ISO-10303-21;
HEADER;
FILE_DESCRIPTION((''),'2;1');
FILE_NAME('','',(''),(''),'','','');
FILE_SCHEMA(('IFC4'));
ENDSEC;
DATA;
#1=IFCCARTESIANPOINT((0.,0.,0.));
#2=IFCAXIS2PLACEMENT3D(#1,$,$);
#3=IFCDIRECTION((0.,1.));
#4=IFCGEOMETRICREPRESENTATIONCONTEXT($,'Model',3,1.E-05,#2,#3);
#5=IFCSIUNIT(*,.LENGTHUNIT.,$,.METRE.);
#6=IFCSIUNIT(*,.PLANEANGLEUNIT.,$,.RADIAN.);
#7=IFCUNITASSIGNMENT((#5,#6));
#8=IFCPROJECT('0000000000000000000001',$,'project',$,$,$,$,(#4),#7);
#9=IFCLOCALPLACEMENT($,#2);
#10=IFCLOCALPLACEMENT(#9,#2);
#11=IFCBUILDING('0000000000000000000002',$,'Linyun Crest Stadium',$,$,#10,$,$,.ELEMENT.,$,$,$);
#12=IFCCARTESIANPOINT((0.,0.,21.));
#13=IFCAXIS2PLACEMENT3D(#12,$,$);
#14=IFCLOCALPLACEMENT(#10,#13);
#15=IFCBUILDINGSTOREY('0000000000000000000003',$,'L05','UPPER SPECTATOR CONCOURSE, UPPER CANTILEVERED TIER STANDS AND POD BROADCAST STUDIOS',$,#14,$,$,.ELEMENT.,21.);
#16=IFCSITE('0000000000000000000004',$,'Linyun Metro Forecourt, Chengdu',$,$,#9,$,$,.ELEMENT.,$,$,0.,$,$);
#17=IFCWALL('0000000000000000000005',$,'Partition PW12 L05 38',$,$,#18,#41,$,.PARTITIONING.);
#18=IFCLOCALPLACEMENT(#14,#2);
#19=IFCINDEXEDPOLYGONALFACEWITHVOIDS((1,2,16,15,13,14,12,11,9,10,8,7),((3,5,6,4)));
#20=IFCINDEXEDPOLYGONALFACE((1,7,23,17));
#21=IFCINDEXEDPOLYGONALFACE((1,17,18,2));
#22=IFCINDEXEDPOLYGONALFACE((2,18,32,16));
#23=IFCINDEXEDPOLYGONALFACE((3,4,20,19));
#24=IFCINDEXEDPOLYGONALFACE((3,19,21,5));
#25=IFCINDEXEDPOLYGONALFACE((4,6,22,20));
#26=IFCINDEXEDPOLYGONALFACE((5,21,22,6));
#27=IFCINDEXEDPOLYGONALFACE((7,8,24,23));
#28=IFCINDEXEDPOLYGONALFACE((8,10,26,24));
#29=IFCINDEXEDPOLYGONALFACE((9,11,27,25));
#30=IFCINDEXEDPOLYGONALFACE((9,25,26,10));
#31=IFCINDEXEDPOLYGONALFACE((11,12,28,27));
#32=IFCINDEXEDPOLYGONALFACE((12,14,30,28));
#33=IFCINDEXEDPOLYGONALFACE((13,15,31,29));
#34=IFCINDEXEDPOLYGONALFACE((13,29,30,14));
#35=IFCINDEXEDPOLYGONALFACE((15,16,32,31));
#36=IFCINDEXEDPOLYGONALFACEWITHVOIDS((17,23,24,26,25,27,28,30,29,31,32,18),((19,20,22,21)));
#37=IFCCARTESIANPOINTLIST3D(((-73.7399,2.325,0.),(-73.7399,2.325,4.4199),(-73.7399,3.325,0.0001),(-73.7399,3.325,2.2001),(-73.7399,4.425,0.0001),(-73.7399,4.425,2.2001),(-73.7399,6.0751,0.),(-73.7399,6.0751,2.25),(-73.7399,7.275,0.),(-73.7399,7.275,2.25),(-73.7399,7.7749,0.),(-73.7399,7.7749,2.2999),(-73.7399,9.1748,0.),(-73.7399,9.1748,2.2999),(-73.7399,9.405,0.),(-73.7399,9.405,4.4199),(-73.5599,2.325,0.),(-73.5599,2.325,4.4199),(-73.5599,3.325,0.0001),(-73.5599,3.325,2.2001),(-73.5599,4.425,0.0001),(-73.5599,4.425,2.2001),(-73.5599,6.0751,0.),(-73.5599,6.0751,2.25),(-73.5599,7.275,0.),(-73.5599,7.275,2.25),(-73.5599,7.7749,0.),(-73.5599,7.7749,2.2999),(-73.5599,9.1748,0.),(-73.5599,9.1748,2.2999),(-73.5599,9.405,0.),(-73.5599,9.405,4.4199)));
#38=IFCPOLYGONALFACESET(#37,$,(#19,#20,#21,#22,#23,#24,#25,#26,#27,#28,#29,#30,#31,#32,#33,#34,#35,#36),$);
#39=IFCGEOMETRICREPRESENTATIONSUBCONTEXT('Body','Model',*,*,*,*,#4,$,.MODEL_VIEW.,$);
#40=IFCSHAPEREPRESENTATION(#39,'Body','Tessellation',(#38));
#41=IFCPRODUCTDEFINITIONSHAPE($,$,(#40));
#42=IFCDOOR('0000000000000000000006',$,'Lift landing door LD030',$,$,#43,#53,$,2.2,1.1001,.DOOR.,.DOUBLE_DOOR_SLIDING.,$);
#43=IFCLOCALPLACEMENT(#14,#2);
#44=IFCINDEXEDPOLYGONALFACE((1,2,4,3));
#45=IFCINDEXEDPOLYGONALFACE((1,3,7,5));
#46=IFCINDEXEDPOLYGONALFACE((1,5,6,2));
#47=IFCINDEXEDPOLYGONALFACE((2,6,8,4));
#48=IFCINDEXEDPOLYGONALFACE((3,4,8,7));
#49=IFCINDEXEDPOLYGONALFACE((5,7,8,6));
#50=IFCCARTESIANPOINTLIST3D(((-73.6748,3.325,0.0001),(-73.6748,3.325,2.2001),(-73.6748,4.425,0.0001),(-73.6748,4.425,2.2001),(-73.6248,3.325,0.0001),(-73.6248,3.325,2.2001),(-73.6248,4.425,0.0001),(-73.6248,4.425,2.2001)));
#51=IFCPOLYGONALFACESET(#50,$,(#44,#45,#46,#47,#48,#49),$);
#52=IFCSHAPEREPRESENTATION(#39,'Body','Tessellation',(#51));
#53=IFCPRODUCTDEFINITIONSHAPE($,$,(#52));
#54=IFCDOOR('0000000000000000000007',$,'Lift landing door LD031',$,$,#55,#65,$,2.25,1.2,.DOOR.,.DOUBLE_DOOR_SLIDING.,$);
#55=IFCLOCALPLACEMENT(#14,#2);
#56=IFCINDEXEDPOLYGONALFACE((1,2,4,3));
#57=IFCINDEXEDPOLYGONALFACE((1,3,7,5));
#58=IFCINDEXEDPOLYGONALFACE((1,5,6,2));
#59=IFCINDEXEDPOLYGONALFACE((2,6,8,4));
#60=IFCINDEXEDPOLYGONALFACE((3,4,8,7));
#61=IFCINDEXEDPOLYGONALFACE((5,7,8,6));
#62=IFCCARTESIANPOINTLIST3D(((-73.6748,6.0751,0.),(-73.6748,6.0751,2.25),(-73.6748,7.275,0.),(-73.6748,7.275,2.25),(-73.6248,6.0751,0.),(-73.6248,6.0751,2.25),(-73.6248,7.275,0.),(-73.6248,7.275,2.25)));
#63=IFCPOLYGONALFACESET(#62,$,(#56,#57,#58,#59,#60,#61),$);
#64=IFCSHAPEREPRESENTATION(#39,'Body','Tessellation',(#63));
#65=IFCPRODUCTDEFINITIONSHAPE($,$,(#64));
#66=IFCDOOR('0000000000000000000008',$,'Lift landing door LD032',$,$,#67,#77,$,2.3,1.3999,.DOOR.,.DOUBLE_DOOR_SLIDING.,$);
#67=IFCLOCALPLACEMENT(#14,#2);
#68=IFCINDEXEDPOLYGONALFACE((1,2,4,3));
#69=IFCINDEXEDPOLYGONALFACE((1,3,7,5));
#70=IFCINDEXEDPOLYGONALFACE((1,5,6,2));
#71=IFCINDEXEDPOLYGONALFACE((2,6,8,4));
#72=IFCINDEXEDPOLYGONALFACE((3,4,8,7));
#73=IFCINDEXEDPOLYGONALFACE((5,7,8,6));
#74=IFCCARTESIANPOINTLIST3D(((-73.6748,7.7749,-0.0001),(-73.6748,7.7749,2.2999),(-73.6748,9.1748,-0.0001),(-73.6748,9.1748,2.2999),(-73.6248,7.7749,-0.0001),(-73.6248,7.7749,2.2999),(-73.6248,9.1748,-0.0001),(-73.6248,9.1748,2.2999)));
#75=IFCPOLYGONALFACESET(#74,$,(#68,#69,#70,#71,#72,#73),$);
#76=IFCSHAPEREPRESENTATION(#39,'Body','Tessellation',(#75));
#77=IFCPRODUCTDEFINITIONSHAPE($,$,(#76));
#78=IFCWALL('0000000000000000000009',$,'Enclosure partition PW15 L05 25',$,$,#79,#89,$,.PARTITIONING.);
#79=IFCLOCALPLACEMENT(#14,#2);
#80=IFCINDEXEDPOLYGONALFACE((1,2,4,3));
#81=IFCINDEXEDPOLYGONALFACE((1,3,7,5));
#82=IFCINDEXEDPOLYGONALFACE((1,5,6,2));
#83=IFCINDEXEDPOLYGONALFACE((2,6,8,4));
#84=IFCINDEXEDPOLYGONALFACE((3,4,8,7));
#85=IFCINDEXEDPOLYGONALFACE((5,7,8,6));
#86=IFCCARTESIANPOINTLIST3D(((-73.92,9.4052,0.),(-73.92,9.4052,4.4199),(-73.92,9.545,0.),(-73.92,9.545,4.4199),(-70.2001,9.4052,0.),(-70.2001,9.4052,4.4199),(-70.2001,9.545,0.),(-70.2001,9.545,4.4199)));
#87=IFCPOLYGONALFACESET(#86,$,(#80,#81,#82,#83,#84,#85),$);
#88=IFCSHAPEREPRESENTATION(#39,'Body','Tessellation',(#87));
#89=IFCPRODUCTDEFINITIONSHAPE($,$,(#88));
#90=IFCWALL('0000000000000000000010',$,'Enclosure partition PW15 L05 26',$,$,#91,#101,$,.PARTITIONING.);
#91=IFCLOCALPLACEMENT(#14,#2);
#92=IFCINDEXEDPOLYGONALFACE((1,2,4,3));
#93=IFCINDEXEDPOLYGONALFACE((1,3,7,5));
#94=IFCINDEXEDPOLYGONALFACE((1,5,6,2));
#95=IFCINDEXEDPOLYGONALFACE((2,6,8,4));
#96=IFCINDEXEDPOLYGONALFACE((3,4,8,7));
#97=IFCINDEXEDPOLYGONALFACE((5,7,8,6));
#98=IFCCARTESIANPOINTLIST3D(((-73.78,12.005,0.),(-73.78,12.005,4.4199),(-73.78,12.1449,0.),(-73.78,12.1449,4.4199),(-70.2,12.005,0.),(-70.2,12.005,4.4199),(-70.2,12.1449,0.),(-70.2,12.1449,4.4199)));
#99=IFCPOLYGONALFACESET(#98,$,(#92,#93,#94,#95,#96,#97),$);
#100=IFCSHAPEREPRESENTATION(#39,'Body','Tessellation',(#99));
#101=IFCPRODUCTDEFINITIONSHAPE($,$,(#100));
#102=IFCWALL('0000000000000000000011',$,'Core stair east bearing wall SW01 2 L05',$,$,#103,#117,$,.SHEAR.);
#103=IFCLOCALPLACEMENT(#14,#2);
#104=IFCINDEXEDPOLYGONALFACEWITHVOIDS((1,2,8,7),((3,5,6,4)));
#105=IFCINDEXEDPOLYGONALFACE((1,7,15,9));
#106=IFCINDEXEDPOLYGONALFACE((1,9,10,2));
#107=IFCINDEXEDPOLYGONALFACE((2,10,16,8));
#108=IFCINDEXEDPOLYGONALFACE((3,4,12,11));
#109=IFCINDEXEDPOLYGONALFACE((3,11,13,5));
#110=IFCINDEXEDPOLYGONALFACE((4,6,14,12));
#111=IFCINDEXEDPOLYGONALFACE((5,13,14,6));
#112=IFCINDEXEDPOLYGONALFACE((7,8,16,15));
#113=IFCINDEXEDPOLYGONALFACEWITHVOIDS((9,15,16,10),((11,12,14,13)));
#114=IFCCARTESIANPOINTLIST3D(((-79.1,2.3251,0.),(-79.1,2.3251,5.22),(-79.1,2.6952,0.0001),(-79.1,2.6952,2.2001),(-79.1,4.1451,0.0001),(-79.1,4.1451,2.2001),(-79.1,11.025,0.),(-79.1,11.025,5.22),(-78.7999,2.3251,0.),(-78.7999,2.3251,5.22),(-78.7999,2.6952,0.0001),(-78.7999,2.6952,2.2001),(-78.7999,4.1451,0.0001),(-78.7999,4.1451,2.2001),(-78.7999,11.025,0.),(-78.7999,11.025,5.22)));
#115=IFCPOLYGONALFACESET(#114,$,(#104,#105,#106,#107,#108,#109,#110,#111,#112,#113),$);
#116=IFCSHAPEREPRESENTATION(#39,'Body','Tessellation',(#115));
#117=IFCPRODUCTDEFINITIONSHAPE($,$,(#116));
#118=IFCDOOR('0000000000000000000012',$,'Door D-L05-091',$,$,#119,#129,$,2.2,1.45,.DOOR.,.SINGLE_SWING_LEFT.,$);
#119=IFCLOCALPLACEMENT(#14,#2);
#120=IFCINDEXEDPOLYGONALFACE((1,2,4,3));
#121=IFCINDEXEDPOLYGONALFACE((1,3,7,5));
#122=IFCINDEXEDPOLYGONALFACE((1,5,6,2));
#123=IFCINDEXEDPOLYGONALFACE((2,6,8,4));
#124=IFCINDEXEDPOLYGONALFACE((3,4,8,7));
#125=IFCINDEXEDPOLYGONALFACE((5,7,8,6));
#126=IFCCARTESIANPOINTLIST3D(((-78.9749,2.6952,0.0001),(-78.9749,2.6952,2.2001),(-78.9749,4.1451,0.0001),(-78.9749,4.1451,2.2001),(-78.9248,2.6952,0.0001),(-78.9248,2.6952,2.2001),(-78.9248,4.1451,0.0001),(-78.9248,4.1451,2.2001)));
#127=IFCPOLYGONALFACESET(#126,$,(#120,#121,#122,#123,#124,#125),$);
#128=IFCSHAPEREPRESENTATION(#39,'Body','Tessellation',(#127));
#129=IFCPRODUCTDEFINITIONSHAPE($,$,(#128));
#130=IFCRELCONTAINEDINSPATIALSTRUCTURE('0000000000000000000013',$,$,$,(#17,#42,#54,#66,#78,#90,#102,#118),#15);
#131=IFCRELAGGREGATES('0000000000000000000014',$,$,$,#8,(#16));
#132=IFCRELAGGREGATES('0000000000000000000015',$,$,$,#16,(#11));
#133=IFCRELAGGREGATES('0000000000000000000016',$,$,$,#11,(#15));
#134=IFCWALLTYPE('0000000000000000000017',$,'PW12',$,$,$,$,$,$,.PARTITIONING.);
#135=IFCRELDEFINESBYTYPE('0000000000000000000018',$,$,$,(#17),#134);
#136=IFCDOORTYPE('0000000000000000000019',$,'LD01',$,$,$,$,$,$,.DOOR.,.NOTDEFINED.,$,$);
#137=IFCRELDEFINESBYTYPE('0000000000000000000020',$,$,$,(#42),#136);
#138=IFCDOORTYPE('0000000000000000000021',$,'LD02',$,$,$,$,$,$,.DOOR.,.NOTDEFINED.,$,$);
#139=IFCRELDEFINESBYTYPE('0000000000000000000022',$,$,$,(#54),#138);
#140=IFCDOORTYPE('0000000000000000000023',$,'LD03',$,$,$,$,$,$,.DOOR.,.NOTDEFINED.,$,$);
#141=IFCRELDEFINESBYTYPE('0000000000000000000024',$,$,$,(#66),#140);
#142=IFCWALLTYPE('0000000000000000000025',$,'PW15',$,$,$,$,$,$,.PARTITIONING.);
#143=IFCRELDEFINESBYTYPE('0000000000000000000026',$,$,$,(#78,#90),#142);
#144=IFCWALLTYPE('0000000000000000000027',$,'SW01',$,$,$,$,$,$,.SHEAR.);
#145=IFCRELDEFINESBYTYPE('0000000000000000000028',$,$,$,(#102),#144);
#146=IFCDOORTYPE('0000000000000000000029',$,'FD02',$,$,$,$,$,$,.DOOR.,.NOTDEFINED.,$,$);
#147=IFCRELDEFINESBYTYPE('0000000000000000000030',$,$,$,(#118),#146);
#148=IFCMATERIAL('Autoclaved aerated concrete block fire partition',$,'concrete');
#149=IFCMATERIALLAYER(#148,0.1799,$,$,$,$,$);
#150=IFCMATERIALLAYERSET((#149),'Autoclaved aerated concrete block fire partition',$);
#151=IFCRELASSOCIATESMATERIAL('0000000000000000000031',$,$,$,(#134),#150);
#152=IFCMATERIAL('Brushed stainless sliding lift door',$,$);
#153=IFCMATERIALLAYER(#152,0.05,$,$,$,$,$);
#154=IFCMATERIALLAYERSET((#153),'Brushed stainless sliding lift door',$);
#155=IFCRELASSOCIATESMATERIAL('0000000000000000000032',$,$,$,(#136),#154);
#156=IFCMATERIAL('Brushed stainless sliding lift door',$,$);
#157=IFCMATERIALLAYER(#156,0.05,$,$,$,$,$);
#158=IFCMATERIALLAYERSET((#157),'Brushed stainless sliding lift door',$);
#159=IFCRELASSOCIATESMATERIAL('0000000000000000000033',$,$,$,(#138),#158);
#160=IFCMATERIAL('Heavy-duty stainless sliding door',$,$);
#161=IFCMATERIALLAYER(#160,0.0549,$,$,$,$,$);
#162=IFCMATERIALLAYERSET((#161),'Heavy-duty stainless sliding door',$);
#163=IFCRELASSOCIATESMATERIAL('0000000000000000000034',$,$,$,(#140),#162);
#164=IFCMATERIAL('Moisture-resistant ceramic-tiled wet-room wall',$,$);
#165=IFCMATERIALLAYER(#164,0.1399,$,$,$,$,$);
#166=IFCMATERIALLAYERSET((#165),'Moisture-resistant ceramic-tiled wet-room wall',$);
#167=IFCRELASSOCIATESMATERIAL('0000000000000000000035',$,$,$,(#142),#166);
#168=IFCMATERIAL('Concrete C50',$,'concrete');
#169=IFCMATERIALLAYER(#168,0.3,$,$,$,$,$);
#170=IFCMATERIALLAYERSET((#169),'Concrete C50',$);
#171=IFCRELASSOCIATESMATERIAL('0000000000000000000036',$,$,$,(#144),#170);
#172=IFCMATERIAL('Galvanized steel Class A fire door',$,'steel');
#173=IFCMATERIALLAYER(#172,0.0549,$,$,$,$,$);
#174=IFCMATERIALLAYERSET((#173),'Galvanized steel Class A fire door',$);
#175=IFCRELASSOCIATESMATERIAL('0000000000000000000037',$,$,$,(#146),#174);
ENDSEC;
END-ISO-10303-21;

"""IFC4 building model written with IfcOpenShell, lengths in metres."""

from ifc_helpers import new_model, si_unit, direction, frame, frame_2d, origin, place, context, subcontext, project, spatial, rectangle, extrude, material, layer, layer_set, type_object, element, fill, save


model = new_model("IFC4")

# Units and contexts
model_context = context("Model", 3, precision=1e-05, world=origin(), true_north=direction((0.0, 1.0)))
body_context = subcontext(model_context, "Body", "Model", "MODEL_VIEW")
ifc_project = project(units=[si_unit("LENGTHUNIT", "METRE"), si_unit("PLANEANGLEUNIT", "RADIAN")], contexts=[model_context])

# Site, building, storey
site_placement = place(None, origin())
site = spatial("IfcSite", under=ifc_project, at=site_placement, Name="Linyun Metro Forecourt, Chengdu", CompositionType="ELEMENT", RefElevation=0.0)
building_placement = place(site_placement, origin())
building = spatial("IfcBuilding", under=site, at=building_placement, Name="Linyun Crest Stadium", CompositionType="ELEMENT")
storey_placement = place(building_placement, frame((0.0, 0.0, 21.0)))
storey = spatial("IfcBuildingStorey", under=building, at=storey_placement, Name="L05", Description="UPPER SPECTATOR CONCOURSE, UPPER CANTILEVERED TIER STANDS AND POD BROADCAST STUDIOS", CompositionType="ELEMENT", Elevation=21.0)

# Wall, openings, doors
ifc_material_1 = material(Name="Autoclaved aerated concrete block fire partition", Category="concrete")
ifc_layer_1 = layer(ifc_material_1, 0.1799)
ifc_layer_set_1 = layer_set([ifc_layer_1], Name="Autoclaved aerated concrete block fire partition")
wall_type_1 = type_object("IfcWallType", Name="PW12", PredefinedType="PARTITIONING", material=ifc_layer_set_1)
wall_1_placement = place(storey_placement, frame((-73.6499, 2.325, 0.0), z_axis=(0.0, 0.0, 1.0), x_axis=(0.0, 1.0, 0.0)))
wall_1 = element("IfcWall", 1, at=wall_1_placement, inside=storey, type_object=wall_type_1, Name="Partition PW12 L05 38", PredefinedType="PARTITIONING", context=body_context, shape_type="SweptSolid", body=[
    extrude(rectangle(XDim=7.0801, YDim=0.1799, at=frame_2d((3.54, 0.0))), origin(), (0.0, 0.0, 1.0), 4.4199),
])
opening_1_placement = place(wall_1_placement, frame((1.0, 0.0, 0.0)))
opening_1 = element("IfcOpeningElement", 2, at=opening_1_placement, cuts=wall_1, PredefinedType="OPENING", context=body_context, shape_type="SweptSolid", body=[
    extrude(rectangle(XDim=1.1001, YDim=2.2, at=frame_2d((0.55, 1.1001))), frame((0.0, 0.0999, 0.0), z_axis=(0.0, -1.0, 0.0), x_axis=(1.0, 0.0, 0.0)), (0.0, 0.0, 1.0), 0.2),
])
opening_2_placement = place(wall_1_placement, frame((3.75, 0.0, 0.0)))
opening_2 = element("IfcOpeningElement", 3, at=opening_2_placement, cuts=wall_1, PredefinedType="OPENING", context=body_context, shape_type="SweptSolid", body=[
    extrude(rectangle(XDim=1.2, YDim=2.25, at=frame_2d((0.6001, 1.125))), frame((0.0, 0.0999, 0.0), z_axis=(0.0, -1.0, 0.0), x_axis=(1.0, 0.0, 0.0)), (0.0, 0.0, 1.0), 0.2),
])
opening_3_placement = place(wall_1_placement, frame((5.45, 0.0, 0.0)))
opening_3 = element("IfcOpeningElement", 4, at=opening_3_placement, cuts=wall_1, PredefinedType="OPENING", context=body_context, shape_type="SweptSolid", body=[
    extrude(rectangle(XDim=1.3999, YDim=2.3, at=frame_2d((0.7, 1.1499))), frame((0.0, 0.0999, 0.0), z_axis=(0.0, -1.0, 0.0), x_axis=(1.0, 0.0, 0.0)), (0.0, 0.0, 1.0), 0.2),
])
ifc_material_2 = material(Name="Brushed stainless sliding lift door")
ifc_layer_2 = layer(ifc_material_2, 0.05)
ifc_layer_set_2 = layer_set([ifc_layer_2], Name="Brushed stainless sliding lift door")
door_type_1 = type_object("IfcDoorType", Name="LD01", OperationType="NOTDEFINED", PredefinedType="DOOR", material=ifc_layer_set_2)
door_1_placement = place(opening_1_placement, origin())
door_1 = element("IfcDoor", 5, at=door_1_placement, inside=storey, type_object=door_type_1, Name="Lift landing door LD030", OperationType="DOUBLE_DOOR_SLIDING", OverallHeight=2.2, OverallWidth=1.1001, PredefinedType="DOOR", context=body_context, shape_type="SweptSolid", body=[
    extrude(rectangle(XDim=1.1001, YDim=2.2, at=frame_2d((0.55, 1.1001))), frame((0.0, 0.0249, 0.0), z_axis=(0.0, -1.0, 0.0), x_axis=(1.0, 0.0, 0.0)), (0.0, 0.0, 1.0), 0.05),
])
fill(opening_1, door_1)
ifc_material_3 = material(Name="Brushed stainless sliding lift door")
ifc_layer_3 = layer(ifc_material_3, 0.05)
ifc_layer_set_3 = layer_set([ifc_layer_3], Name="Brushed stainless sliding lift door")
door_type_2 = type_object("IfcDoorType", Name="LD02", OperationType="NOTDEFINED", PredefinedType="DOOR", material=ifc_layer_set_3)
door_2_placement = place(opening_2_placement, origin())
door_2 = element("IfcDoor", 6, at=door_2_placement, inside=storey, type_object=door_type_2, Name="Lift landing door LD031", OperationType="DOUBLE_DOOR_SLIDING", OverallHeight=2.25, OverallWidth=1.2, PredefinedType="DOOR", context=body_context, shape_type="SweptSolid", body=[
    extrude(rectangle(XDim=1.2, YDim=2.25, at=frame_2d((0.6001, 1.125))), frame((0.0, 0.0249, 0.0), z_axis=(0.0, -1.0, 0.0), x_axis=(1.0, 0.0, 0.0)), (0.0, 0.0, 1.0), 0.05),
])
fill(opening_2, door_2)
ifc_material_4 = material(Name="Heavy-duty stainless sliding door")
ifc_layer_4 = layer(ifc_material_4, 0.0549)
ifc_layer_set_4 = layer_set([ifc_layer_4], Name="Heavy-duty stainless sliding door")
door_type_3 = type_object("IfcDoorType", Name="LD03", OperationType="NOTDEFINED", PredefinedType="DOOR", material=ifc_layer_set_4)
door_3_placement = place(opening_3_placement, origin())
door_3 = element("IfcDoor", 7, at=door_3_placement, inside=storey, type_object=door_type_3, Name="Lift landing door LD032", OperationType="DOUBLE_DOOR_SLIDING", OverallHeight=2.3, OverallWidth=1.3999, PredefinedType="DOOR", context=body_context, shape_type="SweptSolid", body=[
    extrude(rectangle(XDim=1.3999, YDim=2.3, at=frame_2d((0.7, 1.1499))), frame((0.0, 0.0249, 0.0), z_axis=(0.0, -1.0, 0.0), x_axis=(1.0, 0.0, 0.0)), (0.0, 0.0, 1.0), 0.05),
])
fill(opening_3, door_3)
ifc_material_5 = material(Name="Moisture-resistant ceramic-tiled wet-room wall")
ifc_layer_5 = layer(ifc_material_5, 0.1399)
ifc_layer_set_5 = layer_set([ifc_layer_5], Name="Moisture-resistant ceramic-tiled wet-room wall")
wall_type_2 = type_object("IfcWallType", Name="PW15", PredefinedType="PARTITIONING", material=ifc_layer_set_5)

# Walls
wall_2_placement = place(storey_placement, frame((-73.9199, 9.4751, 0.0), z_axis=(0.0, 0.0, 1.0), x_axis=(1.0, 0.0, 0.0)))
element("IfcWall", 8, at=wall_2_placement, inside=storey, type_object=wall_type_2, Name="Enclosure partition PW15 L05 25", PredefinedType="PARTITIONING", context=body_context, shape_type="SweptSolid", body=[
    extrude(rectangle(XDim=3.72, YDim=0.1399, at=frame_2d((1.8599, 0.0))), origin(), (0.0, 0.0, 1.0), 4.4199),
])
wall_3_placement = place(storey_placement, frame((-73.78, 12.075, 0.0), z_axis=(0.0, 0.0, 1.0), x_axis=(1.0, 0.0, 0.0)))
element("IfcWall", 9, at=wall_3_placement, inside=storey, type_object=wall_type_2, Name="Enclosure partition PW15 L05 26", PredefinedType="PARTITIONING", context=body_context, shape_type="SweptSolid", body=[
    extrude(rectangle(XDim=3.5801, YDim=0.1399, at=frame_2d((1.79, 0.0))), origin(), (0.0, 0.0, 1.0), 4.4199),
])

# Wall, opening, door
ifc_material_6 = material(Name="Concrete C50", Category="concrete")
ifc_layer_6 = layer(ifc_material_6, 0.3)
ifc_layer_set_6 = layer_set([ifc_layer_6], Name="Concrete C50")
wall_type_3 = type_object("IfcWallType", Name="SW01", PredefinedType="SHEAR", material=ifc_layer_set_6)
wall_4_placement = place(storey_placement, frame((-78.95, 2.325, 0.0), z_axis=(0.0, 0.0, 1.0), x_axis=(0.0, 1.0, 0.0)))
wall_4 = element("IfcWall", 10, at=wall_4_placement, inside=storey, type_object=wall_type_3, Name="Core stair east bearing wall SW01 2 L05", PredefinedType="SHEAR", context=body_context, shape_type="SweptSolid", body=[
    extrude(rectangle(XDim=8.7, YDim=0.3, at=frame_2d((4.3501, 0.0))), origin(), (0.0, 0.0, 1.0), 5.22),
])
opening_4_placement = place(wall_4_placement, frame((0.3701, 0.0, 0.0)))
opening_4 = element("IfcOpeningElement", 11, at=opening_4_placement, cuts=wall_4, PredefinedType="OPENING", context=body_context, shape_type="SweptSolid", body=[
    extrude(rectangle(XDim=1.45, YDim=2.2, at=frame_2d((0.7251, 1.1001))), frame((0.0, 0.1599, 0.0), z_axis=(0.0, -1.0, 0.0), x_axis=(1.0, 0.0, 0.0)), (0.0, 0.0, 1.0), 0.3201),
])
ifc_material_7 = material(Name="Galvanized steel Class A fire door", Category="steel")
ifc_layer_7 = layer(ifc_material_7, 0.0549)
ifc_layer_set_7 = layer_set([ifc_layer_7], Name="Galvanized steel Class A fire door")
door_type_4 = type_object("IfcDoorType", Name="FD02", OperationType="NOTDEFINED", PredefinedType="DOOR", material=ifc_layer_set_7)
door_4_placement = place(opening_4_placement, origin())
door_4 = element("IfcDoor", 12, at=door_4_placement, inside=storey, type_object=door_type_4, Name="Door D-L05-091", OperationType="SINGLE_SWING_LEFT", OverallHeight=2.2, OverallWidth=1.45, PredefinedType="DOOR", context=body_context, shape_type="SweptSolid", body=[
    extrude(rectangle(XDim=1.45, YDim=2.2, at=frame_2d((0.7251, 1.1001))), frame((0.0, 0.0249, 0.0), z_axis=(0.0, -1.0, 0.0), x_axis=(1.0, 0.0, 0.0)), (0.0, 0.0, 1.0), 0.05),
])
fill(opening_4, door_4)

save(model, "model.ifc")
